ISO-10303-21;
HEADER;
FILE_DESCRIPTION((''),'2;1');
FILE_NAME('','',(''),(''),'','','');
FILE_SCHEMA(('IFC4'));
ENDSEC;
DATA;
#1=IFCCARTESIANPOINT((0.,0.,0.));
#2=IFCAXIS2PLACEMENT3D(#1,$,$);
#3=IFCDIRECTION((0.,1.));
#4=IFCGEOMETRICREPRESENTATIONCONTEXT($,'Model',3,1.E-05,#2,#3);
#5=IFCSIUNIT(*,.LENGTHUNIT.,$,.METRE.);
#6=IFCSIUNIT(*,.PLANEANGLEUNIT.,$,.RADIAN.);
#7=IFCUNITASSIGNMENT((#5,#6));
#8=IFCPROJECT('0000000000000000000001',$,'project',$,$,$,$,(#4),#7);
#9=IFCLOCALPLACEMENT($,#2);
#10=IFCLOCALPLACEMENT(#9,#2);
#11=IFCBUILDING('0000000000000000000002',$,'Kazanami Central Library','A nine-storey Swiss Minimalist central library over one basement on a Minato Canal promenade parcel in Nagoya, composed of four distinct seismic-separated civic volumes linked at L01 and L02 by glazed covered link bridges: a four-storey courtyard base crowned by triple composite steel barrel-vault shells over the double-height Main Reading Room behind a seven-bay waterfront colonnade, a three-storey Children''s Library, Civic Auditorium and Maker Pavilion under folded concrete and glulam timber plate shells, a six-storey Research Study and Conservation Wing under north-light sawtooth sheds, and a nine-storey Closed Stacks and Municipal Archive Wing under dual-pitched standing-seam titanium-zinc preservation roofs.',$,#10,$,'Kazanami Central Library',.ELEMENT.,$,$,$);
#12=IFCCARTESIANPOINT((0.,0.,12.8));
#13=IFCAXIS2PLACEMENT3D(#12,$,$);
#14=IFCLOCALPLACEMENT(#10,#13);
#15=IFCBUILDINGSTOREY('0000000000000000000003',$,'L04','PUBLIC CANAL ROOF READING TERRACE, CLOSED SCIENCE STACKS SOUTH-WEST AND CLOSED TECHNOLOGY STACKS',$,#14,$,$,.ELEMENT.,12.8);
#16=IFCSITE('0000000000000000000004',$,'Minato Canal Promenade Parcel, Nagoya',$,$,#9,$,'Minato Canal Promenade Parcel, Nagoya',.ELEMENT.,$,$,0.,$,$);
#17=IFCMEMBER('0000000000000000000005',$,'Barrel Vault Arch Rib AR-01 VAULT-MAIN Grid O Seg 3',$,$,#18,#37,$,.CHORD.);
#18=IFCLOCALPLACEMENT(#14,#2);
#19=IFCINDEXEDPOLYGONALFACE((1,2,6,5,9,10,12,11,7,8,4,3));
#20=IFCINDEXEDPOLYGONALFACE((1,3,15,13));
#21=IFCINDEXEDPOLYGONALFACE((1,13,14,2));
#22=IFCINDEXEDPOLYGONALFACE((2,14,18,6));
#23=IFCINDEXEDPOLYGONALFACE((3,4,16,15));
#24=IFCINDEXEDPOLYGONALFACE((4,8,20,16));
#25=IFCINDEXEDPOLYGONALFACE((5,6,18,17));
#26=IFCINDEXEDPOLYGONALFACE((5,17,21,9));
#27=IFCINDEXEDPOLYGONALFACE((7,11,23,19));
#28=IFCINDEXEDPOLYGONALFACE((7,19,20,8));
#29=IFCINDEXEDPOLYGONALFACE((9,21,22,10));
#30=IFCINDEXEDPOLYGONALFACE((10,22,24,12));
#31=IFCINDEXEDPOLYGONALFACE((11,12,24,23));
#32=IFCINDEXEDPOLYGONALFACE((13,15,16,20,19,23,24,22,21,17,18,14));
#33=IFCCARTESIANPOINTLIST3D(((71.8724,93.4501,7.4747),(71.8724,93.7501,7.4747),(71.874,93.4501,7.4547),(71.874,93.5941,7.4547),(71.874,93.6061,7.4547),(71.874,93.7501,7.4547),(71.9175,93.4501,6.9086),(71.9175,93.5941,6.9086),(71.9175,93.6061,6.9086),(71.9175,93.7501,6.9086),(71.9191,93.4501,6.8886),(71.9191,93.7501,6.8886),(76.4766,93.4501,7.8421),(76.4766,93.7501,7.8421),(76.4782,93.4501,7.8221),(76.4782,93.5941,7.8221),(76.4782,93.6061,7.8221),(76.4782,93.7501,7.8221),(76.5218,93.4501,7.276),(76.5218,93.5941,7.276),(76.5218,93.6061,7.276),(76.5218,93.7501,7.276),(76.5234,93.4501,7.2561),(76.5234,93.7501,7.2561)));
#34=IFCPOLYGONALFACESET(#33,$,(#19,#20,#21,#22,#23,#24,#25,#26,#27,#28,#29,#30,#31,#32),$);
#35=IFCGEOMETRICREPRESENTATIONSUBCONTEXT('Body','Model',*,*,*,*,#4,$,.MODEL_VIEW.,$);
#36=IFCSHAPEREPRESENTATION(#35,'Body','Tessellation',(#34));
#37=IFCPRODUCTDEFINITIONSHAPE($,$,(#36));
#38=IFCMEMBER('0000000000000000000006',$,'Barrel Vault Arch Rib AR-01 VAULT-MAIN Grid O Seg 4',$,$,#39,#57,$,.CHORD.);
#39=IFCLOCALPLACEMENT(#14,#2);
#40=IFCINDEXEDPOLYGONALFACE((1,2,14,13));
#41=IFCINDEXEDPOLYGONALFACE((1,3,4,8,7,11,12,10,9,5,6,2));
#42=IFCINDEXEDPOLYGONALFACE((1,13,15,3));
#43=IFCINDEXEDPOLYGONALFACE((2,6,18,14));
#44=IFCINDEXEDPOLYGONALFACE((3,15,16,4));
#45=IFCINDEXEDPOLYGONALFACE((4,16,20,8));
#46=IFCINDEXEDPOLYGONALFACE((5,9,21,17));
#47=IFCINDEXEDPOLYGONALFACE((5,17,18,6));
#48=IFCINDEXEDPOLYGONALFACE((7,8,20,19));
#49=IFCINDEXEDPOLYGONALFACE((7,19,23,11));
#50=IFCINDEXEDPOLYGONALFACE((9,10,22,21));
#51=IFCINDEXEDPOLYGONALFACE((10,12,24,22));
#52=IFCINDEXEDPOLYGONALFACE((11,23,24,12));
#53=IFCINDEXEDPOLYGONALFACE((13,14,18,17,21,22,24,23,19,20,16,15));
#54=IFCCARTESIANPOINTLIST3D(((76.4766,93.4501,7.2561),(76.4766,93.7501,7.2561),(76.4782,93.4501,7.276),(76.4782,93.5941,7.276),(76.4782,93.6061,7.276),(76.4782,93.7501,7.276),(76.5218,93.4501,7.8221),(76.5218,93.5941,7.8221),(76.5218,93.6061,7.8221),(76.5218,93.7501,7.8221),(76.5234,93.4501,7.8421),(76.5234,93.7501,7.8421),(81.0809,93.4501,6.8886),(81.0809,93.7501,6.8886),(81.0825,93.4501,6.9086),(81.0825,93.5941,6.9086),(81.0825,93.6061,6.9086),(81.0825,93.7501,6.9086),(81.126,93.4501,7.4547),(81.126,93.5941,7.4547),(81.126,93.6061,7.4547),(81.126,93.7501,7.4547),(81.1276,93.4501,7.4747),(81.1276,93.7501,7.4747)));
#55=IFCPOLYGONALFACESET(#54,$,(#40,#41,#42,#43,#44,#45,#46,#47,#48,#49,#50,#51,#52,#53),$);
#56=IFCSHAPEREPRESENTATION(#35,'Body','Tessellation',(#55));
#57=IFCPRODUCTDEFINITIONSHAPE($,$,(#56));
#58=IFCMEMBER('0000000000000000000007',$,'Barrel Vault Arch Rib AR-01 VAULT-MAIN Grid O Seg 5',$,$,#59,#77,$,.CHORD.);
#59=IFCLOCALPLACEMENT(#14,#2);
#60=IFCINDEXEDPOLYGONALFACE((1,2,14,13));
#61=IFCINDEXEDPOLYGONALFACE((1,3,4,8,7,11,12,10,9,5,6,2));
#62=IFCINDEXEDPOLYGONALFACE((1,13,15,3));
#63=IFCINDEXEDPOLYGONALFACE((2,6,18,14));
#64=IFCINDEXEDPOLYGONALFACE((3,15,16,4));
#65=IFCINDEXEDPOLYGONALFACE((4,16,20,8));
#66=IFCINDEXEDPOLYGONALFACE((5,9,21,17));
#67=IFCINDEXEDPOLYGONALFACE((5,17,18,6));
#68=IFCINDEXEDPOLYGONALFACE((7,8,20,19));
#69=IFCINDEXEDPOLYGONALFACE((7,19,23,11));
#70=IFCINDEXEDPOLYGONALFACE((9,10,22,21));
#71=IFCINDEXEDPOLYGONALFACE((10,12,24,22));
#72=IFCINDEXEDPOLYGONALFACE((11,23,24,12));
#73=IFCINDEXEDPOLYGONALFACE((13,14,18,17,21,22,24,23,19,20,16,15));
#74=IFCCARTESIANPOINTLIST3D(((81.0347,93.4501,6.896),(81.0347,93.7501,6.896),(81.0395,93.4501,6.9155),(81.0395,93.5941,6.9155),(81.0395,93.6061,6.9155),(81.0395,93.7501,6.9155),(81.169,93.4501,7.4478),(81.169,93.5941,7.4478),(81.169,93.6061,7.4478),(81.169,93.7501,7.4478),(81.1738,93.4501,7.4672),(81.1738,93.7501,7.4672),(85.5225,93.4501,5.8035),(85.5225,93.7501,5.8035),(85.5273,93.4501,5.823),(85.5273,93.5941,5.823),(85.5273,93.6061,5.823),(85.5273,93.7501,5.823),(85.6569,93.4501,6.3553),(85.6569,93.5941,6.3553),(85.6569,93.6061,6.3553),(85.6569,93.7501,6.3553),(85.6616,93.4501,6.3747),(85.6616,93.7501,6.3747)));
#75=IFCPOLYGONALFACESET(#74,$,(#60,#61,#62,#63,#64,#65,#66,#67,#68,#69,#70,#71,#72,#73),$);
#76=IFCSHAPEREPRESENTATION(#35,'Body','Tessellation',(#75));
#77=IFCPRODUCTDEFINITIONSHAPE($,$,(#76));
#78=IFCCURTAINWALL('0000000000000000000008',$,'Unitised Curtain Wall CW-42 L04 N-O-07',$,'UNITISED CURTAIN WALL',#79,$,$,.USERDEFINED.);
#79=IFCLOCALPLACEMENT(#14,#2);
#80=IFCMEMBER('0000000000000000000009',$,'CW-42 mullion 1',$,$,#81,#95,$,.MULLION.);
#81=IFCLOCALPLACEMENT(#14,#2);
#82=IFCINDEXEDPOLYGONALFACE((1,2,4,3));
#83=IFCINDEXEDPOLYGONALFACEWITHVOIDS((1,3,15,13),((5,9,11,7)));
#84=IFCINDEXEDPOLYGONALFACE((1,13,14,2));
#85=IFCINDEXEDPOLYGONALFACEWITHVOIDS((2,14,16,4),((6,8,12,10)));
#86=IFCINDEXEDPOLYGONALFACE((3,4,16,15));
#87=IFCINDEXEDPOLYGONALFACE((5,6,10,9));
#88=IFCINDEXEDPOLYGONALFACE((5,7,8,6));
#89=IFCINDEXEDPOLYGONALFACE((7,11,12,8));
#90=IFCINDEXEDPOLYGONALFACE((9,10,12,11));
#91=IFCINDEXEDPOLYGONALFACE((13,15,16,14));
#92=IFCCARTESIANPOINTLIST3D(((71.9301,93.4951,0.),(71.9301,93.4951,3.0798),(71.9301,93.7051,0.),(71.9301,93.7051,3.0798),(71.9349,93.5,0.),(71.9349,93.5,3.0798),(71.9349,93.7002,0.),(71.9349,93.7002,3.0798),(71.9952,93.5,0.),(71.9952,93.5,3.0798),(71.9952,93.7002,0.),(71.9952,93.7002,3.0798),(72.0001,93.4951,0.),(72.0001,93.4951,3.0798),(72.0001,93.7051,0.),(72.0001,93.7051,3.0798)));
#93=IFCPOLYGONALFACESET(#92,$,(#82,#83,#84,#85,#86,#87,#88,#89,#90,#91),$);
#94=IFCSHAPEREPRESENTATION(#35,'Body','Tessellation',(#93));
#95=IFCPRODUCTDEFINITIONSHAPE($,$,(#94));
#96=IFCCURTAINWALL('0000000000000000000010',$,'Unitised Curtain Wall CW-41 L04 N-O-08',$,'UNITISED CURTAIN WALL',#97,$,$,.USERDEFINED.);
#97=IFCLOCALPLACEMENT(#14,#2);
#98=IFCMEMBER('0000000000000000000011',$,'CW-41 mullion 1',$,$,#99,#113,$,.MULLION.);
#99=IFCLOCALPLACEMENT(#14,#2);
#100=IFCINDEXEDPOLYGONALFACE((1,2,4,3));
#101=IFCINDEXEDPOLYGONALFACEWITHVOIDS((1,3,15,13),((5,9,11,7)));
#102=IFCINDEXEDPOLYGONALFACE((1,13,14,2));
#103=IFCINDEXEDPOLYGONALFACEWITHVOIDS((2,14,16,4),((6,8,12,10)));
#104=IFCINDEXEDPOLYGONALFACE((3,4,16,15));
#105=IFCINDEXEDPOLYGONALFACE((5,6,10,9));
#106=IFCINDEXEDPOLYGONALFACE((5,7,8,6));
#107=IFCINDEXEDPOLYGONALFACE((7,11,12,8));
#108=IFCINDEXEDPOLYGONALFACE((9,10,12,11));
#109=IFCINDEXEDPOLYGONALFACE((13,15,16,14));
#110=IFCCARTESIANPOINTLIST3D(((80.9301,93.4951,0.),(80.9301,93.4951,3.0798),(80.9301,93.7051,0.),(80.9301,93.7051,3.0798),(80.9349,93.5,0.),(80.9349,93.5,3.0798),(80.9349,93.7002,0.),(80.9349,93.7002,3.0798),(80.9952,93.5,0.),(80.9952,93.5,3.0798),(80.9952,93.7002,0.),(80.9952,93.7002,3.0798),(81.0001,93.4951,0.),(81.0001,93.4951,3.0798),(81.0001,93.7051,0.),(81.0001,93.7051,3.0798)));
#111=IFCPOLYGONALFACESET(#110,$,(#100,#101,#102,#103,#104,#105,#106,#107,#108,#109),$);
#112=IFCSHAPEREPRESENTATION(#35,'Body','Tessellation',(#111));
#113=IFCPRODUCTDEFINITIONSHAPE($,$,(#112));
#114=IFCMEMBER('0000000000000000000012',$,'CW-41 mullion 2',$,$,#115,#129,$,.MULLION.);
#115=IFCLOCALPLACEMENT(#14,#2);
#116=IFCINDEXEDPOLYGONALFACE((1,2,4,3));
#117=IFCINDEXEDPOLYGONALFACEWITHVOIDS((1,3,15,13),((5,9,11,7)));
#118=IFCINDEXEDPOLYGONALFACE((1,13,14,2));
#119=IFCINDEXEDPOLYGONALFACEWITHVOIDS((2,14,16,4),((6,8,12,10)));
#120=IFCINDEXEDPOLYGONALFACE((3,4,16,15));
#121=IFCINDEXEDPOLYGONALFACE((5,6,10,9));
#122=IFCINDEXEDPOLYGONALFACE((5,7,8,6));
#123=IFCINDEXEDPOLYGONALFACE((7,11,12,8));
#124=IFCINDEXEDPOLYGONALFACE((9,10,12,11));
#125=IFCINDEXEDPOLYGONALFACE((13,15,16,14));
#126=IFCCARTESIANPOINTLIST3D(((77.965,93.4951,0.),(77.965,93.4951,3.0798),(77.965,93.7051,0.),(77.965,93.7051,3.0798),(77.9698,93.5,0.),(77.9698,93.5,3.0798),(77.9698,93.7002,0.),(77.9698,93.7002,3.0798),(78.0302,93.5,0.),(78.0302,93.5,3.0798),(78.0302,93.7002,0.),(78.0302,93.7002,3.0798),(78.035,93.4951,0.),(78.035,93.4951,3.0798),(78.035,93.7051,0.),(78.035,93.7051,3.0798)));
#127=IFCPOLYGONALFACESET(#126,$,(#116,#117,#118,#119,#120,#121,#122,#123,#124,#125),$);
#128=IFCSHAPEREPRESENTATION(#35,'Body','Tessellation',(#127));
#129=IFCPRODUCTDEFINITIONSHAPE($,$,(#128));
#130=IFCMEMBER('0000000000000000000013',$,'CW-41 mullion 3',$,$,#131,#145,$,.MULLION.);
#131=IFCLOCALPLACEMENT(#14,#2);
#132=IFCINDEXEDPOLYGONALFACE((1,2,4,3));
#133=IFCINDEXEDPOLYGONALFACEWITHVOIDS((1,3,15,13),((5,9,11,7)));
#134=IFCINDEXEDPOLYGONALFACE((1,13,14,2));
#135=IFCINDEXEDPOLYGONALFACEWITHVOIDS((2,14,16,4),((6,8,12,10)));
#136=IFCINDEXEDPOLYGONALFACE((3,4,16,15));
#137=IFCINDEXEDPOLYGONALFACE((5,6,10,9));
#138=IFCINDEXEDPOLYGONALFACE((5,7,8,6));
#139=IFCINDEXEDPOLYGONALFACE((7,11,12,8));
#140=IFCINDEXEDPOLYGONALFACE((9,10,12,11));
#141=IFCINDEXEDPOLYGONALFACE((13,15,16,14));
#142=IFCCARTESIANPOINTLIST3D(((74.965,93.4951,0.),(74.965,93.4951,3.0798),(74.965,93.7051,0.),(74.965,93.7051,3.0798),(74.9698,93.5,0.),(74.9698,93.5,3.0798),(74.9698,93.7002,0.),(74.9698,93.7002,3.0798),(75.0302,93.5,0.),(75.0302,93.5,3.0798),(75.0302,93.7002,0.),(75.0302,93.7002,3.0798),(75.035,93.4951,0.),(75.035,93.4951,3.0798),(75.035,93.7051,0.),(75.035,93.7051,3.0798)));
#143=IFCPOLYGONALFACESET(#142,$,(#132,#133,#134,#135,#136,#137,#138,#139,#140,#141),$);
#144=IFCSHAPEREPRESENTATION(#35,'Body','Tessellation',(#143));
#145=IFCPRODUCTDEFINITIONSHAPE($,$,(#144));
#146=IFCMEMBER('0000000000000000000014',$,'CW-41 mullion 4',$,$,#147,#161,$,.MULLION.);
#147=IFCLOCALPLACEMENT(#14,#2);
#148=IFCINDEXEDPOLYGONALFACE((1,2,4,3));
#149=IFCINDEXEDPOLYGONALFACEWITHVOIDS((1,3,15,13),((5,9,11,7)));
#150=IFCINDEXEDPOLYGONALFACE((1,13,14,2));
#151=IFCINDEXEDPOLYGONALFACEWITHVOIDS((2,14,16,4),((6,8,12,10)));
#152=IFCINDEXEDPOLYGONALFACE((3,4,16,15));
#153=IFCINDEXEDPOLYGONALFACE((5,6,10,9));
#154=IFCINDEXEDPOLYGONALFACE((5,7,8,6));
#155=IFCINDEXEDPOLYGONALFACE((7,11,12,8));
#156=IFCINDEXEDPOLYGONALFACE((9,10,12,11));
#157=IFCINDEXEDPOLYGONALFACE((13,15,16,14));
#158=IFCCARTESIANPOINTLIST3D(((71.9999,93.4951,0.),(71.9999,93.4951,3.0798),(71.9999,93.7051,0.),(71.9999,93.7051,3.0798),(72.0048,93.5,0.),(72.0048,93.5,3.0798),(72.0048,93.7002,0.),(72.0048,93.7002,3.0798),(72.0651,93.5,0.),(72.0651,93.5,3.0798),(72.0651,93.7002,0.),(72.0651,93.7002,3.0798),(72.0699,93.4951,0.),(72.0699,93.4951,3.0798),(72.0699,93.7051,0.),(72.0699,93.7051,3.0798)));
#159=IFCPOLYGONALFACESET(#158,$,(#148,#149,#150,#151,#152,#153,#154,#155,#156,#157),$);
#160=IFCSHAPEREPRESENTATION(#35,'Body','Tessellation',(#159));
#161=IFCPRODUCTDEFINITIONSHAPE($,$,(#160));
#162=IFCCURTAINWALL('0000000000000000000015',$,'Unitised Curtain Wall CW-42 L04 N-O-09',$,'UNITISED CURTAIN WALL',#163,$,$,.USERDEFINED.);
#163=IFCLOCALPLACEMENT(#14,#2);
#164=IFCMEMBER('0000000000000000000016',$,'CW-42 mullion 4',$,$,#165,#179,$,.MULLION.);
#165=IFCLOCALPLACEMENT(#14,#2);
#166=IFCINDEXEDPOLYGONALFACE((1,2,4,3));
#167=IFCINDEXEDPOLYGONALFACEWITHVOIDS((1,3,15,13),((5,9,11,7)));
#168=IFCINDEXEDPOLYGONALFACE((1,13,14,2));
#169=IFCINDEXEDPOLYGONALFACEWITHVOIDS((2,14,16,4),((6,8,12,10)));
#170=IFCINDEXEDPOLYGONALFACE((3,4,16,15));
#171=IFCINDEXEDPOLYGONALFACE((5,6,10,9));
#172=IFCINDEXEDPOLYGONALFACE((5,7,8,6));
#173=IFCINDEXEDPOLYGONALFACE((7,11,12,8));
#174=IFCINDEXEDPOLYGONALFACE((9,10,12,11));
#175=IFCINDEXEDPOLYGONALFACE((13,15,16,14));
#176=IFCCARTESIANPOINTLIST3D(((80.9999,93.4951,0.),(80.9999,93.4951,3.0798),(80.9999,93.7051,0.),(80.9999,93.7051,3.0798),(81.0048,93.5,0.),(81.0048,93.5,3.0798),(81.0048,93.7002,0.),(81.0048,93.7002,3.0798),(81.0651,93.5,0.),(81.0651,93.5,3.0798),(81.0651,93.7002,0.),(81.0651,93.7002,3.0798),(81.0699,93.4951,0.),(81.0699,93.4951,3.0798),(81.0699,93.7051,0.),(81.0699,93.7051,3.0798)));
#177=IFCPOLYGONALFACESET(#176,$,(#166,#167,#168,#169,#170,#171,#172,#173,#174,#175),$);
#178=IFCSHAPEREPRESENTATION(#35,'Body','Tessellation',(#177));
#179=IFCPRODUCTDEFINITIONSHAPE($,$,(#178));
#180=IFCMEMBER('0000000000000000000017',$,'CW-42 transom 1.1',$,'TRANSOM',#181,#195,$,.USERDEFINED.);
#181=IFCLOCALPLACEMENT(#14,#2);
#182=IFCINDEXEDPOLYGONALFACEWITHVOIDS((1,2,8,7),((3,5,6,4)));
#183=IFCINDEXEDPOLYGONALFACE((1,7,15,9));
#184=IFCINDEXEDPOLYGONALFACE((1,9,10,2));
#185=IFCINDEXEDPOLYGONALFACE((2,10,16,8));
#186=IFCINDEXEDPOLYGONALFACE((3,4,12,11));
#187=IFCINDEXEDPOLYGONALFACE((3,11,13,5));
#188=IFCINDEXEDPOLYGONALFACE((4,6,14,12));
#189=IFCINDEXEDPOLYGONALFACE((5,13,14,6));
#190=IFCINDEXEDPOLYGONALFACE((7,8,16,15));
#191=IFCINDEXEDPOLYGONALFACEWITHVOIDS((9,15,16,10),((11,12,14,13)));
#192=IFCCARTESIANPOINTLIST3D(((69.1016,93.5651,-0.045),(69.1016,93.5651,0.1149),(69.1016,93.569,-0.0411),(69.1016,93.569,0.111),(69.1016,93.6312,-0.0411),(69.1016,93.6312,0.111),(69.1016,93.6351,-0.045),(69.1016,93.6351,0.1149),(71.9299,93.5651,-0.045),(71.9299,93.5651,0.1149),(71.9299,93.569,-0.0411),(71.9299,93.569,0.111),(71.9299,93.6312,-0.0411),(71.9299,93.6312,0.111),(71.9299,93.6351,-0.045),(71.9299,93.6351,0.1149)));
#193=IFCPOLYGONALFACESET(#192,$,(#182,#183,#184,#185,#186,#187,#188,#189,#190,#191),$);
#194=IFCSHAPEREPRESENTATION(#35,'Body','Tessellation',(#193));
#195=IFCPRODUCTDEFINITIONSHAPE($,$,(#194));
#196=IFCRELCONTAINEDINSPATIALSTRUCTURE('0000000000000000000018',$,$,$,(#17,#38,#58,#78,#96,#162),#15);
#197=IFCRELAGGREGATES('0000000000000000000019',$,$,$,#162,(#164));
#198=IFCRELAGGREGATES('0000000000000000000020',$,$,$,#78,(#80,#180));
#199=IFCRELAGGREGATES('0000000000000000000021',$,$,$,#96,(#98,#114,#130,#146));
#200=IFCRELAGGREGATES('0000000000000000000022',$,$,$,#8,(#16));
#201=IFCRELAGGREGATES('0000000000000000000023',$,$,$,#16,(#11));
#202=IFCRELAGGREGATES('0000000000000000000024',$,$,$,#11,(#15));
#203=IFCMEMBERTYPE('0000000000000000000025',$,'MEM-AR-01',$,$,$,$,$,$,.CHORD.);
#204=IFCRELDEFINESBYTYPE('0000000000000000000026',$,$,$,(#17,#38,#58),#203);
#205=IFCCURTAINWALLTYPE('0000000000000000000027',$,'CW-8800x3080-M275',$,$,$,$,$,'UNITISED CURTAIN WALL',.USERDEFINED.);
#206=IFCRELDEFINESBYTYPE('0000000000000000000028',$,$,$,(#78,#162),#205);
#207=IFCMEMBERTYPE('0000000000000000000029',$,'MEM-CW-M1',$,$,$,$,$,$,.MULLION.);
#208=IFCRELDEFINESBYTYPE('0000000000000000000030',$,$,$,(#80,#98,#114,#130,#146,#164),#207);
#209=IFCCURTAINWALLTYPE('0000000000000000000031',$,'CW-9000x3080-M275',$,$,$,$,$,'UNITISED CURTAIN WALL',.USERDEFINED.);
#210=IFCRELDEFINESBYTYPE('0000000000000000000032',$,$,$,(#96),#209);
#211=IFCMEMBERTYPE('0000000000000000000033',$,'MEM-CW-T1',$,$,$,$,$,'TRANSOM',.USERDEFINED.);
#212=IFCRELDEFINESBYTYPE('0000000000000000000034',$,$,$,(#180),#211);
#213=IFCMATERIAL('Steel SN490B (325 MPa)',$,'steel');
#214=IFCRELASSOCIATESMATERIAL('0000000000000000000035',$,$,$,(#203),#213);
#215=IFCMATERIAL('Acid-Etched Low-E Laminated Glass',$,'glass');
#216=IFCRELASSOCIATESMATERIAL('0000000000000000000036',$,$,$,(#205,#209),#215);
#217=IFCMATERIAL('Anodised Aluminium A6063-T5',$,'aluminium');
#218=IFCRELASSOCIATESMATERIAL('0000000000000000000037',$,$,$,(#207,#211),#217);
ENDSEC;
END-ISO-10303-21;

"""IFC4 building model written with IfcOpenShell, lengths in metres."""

from ifc_helpers import new_model, si_unit, direction, frame, origin, origin_2d, place, context, subcontext, project, spatial, hollow_rectangle, i_section, extrude, material, material_profile, profile_set, type_object, element, aggregate, save


model = new_model("IFC4")

# Units and contexts
model_context = context("Model", 3, precision=1e-05, world=origin(), true_north=direction((0.0, 1.0)))
body_context = subcontext(model_context, "Body", "Model", "MODEL_VIEW")
ifc_project = project(units=[si_unit("LENGTHUNIT", "METRE"), si_unit("PLANEANGLEUNIT", "RADIAN")], contexts=[model_context])

# Site, building, storey
site_placement = place(None, origin())
site = spatial("IfcSite", under=ifc_project, at=site_placement, Name="Minato Canal Promenade Parcel, Nagoya", LongName="Minato Canal Promenade Parcel, Nagoya", CompositionType="ELEMENT", RefElevation=0.0)
building_placement = place(site_placement, origin())
building = spatial("IfcBuilding", under=site, at=building_placement, Name="Kazanami Central Library", Description="A nine-storey Swiss Minimalist central library over one basement on a Minato Canal promenade parcel in Nagoya, composed of four distinct seismic-separated civic volumes linked at L01 and L02 by glazed covered link bridges: a four-storey courtyard base crowned by triple composite steel barrel-vault shells over the double-height Main Reading Room behind a seven-bay waterfront colonnade, a three-storey Children's Library, Civic Auditorium and Maker Pavilion under folded concrete and glulam timber plate shells, a six-storey Research Study and Conservation Wing under north-light sawtooth sheds, and a nine-storey Closed Stacks and Municipal Archive Wing under dual-pitched standing-seam titanium-zinc preservation roofs.", LongName="Kazanami Central Library", CompositionType="ELEMENT")
storey_placement = place(building_placement, frame((0.0, 0.0, 12.8)))
storey = spatial("IfcBuildingStorey", under=building, at=storey_placement, Name="L04", Description="PUBLIC CANAL ROOF READING TERRACE, CLOSED SCIENCE STACKS SOUTH-WEST AND CLOSED TECHNOLOGY STACKS", CompositionType="ELEMENT", Elevation=12.8)

# Members
ifc_material_1 = material(Name="Steel SN490B (325 MPa)", Category="steel")
ifc_material_profile_1 = material_profile(ifc_material_1, i_section(OverallWidth=0.3, OverallDepth=0.5879, WebThickness=0.012, FlangeThickness=0.02, at=origin_2d()), Name="H-588x300x12x20")
ifc_profile_set_1 = profile_set([ifc_material_profile_1], Name="Steel SN490B (325 MPa)")
member_type_1 = type_object("IfcMemberType", Name="MEM-AR-01", PredefinedType="CHORD", material=ifc_profile_set_1)
for number, where, z_axis, x_axis, name in (
    (1, (71.8958, 93.6001, 7.1816), (0.996831, 0.0, 0.07955), (0.0, 1.0, 0.0), "Barrel Vault Arch Rib AR-01 VAULT-MAIN Grid O Seg 3"),
    (2, (76.5, 93.6001, 7.5491), (0.996831, 0.0, -0.07955), (0.0, 1.0, 0.0), "Barrel Vault Arch Rib AR-01 VAULT-MAIN Grid O Seg 4"),
    (3, (81.1042, 93.6001, 7.1816), (0.971623, 0.0, -0.236536), (0.0, 1.0, 0.0), "Barrel Vault Arch Rib AR-01 VAULT-MAIN Grid O Seg 5"),
):
    element("IfcMember", number, at=place(storey_placement, frame(where, z_axis=z_axis, x_axis=x_axis)), inside=storey, type_object=member_type_1, Name=name, PredefinedType="CHORD", context=body_context, shape_type="SweptSolid", body=[
        extrude(i_section(OverallWidth=0.3, OverallDepth=0.5879, WebThickness=0.012, FlangeThickness=0.02, at=origin_2d()), origin(), (0.0, 0.0, 1.0), 4.6189),
    ])

# Curtain wall, member
ifc_material_2 = material(Name="Acid-Etched Low-E Laminated Glass", Category="glass")
curtain_wall_type_1 = type_object("IfcCurtainWallType", Name="CW-8800x3080-M275", ElementType="UNITISED CURTAIN WALL", PredefinedType="USERDEFINED", material=ifc_material_2)
curtain_wall_1_placement = place(storey_placement, origin())
curtain_wall_1 = element("IfcCurtainWall", 4, at=curtain_wall_1_placement, inside=storey, type_object=curtain_wall_type_1, Name="Unitised Curtain Wall CW-42 L04 N-O-07", ObjectType="UNITISED CURTAIN WALL", PredefinedType="USERDEFINED")
ifc_material_3 = material(Name="Anodised Aluminium A6063-T5", Category="aluminium")
ifc_material_profile_2 = material_profile(ifc_material_3, hollow_rectangle(XDim=0.0701, YDim=0.21, WallThickness=0.0049, at=origin_2d()), Name="ALU-MULL-70x210x5")
ifc_profile_set_2 = profile_set([ifc_material_profile_2], Name="Anodised Aluminium A6063-T5")
member_type_2 = type_object("IfcMemberType", Name="MEM-CW-M1", PredefinedType="MULLION", material=ifc_profile_set_2)
member_1_placement = place(storey_placement, frame((71.9651, 93.6001, 0.0), z_axis=(0.0, 0.0, 1.0), x_axis=(-1.0, 0.0, 0.0)))
member_1 = element("IfcMember", 5, at=member_1_placement, type_object=member_type_2, Name="CW-42 mullion 1", PredefinedType="MULLION", context=body_context, shape_type="SweptSolid", body=[
    extrude(hollow_rectangle(XDim=0.0701, YDim=0.21, WallThickness=0.0049, at=origin_2d()), origin(), (0.0, 0.0, 1.0), 3.0798),
])

# Curtain wall, members
curtain_wall_type_2 = type_object("IfcCurtainWallType", Name="CW-9000x3080-M275", ElementType="UNITISED CURTAIN WALL", PredefinedType="USERDEFINED", material=ifc_material_2)
curtain_wall_2_placement = place(storey_placement, origin())
curtain_wall_2 = element("IfcCurtainWall", 6, at=curtain_wall_2_placement, inside=storey, type_object=curtain_wall_type_2, Name="Unitised Curtain Wall CW-41 L04 N-O-08", ObjectType="UNITISED CURTAIN WALL", PredefinedType="USERDEFINED")
member_2_placement = place(storey_placement, frame((80.9651, 93.6001, 0.0), z_axis=(0.0, 0.0, 1.0), x_axis=(-1.0, 0.0, 0.0)))
member_2 = element("IfcMember", 7, at=member_2_placement, type_object=member_type_2, Name="CW-41 mullion 1", PredefinedType="MULLION", context=body_context, shape_type="SweptSolid", body=[
    extrude(hollow_rectangle(XDim=0.0701, YDim=0.21, WallThickness=0.0049, at=origin_2d()), origin(), (0.0, 0.0, 1.0), 3.0798),
])
member_3_placement = place(storey_placement, frame((78.0, 93.6001, 0.0), z_axis=(0.0, 0.0, 1.0), x_axis=(-1.0, 0.0, 0.0)))
member_3 = element("IfcMember", 8, at=member_3_placement, type_object=member_type_2, Name="CW-41 mullion 2", PredefinedType="MULLION", context=body_context, shape_type="SweptSolid", body=[
    extrude(hollow_rectangle(XDim=0.0701, YDim=0.21, WallThickness=0.0049, at=origin_2d()), origin(), (0.0, 0.0, 1.0), 3.0798),
])
member_4_placement = place(storey_placement, frame((75.0, 93.6001, 0.0), z_axis=(0.0, 0.0, 1.0), x_axis=(-1.0, 0.0, 0.0)))
member_4 = element("IfcMember", 9, at=member_4_placement, type_object=member_type_2, Name="CW-41 mullion 3", PredefinedType="MULLION", context=body_context, shape_type="SweptSolid", body=[
    extrude(hollow_rectangle(XDim=0.0701, YDim=0.21, WallThickness=0.0049, at=origin_2d()), origin(), (0.0, 0.0, 1.0), 3.0798),
])
member_5_placement = place(storey_placement, frame((72.0349, 93.6001, 0.0), z_axis=(0.0, 0.0, 1.0), x_axis=(-1.0, 0.0, 0.0)))
member_5 = element("IfcMember", 10, at=member_5_placement, type_object=member_type_2, Name="CW-41 mullion 4", PredefinedType="MULLION", context=body_context, shape_type="SweptSolid", body=[
    extrude(hollow_rectangle(XDim=0.0701, YDim=0.21, WallThickness=0.0049, at=origin_2d()), origin(), (0.0, 0.0, 1.0), 3.0798),
])

# Curtain wall, member
curtain_wall_3_placement = place(storey_placement, origin())
curtain_wall_3 = element("IfcCurtainWall", 11, at=curtain_wall_3_placement, inside=storey, type_object=curtain_wall_type_1, Name="Unitised Curtain Wall CW-42 L04 N-O-09", ObjectType="UNITISED CURTAIN WALL", PredefinedType="USERDEFINED")
member_6_placement = place(storey_placement, frame((81.0349, 93.6001, 0.0), z_axis=(0.0, 0.0, 1.0), x_axis=(-1.0, 0.0, 0.0)))
member_6 = element("IfcMember", 12, at=member_6_placement, type_object=member_type_2, Name="CW-42 mullion 4", PredefinedType="MULLION", context=body_context, shape_type="SweptSolid", body=[
    extrude(hollow_rectangle(XDim=0.0701, YDim=0.21, WallThickness=0.0049, at=origin_2d()), origin(), (0.0, 0.0, 1.0), 3.0798),
])
aggregate(curtain_wall_3, [member_6])

# Member
ifc_material_profile_3 = material_profile(ifc_material_3, hollow_rectangle(XDim=0.0701, YDim=0.1599, WallThickness=0.0039, at=origin_2d()), Name="ALU-TRAN-70x160x4")
ifc_profile_set_3 = profile_set([ifc_material_profile_3], Name="Anodised Aluminium A6063-T5")
member_type_3 = type_object("IfcMemberType", Name="MEM-CW-T1", ElementType="TRANSOM", PredefinedType="USERDEFINED", material=ifc_profile_set_3)
member_7_placement = place(storey_placement, frame((71.9299, 93.6001, 0.0349), z_axis=(-1.0, 0.0, 0.0), x_axis=(0.0, -1.0, 0.0)))
member_7 = element("IfcMember", 13, at=member_7_placement, type_object=member_type_3, Name="CW-42 transom 1.1", ObjectType="TRANSOM", PredefinedType="USERDEFINED", context=body_context, shape_type="SweptSolid", body=[
    extrude(hollow_rectangle(XDim=0.0701, YDim=0.1599, WallThickness=0.0039, at=origin_2d()), origin(), (0.0, 0.0, 1.0), 2.8284),
])
aggregate(curtain_wall_1, [member_1, member_7])

aggregate(curtain_wall_2, [member_2, member_3, member_4, member_5])

save(model, "model.ifc")
